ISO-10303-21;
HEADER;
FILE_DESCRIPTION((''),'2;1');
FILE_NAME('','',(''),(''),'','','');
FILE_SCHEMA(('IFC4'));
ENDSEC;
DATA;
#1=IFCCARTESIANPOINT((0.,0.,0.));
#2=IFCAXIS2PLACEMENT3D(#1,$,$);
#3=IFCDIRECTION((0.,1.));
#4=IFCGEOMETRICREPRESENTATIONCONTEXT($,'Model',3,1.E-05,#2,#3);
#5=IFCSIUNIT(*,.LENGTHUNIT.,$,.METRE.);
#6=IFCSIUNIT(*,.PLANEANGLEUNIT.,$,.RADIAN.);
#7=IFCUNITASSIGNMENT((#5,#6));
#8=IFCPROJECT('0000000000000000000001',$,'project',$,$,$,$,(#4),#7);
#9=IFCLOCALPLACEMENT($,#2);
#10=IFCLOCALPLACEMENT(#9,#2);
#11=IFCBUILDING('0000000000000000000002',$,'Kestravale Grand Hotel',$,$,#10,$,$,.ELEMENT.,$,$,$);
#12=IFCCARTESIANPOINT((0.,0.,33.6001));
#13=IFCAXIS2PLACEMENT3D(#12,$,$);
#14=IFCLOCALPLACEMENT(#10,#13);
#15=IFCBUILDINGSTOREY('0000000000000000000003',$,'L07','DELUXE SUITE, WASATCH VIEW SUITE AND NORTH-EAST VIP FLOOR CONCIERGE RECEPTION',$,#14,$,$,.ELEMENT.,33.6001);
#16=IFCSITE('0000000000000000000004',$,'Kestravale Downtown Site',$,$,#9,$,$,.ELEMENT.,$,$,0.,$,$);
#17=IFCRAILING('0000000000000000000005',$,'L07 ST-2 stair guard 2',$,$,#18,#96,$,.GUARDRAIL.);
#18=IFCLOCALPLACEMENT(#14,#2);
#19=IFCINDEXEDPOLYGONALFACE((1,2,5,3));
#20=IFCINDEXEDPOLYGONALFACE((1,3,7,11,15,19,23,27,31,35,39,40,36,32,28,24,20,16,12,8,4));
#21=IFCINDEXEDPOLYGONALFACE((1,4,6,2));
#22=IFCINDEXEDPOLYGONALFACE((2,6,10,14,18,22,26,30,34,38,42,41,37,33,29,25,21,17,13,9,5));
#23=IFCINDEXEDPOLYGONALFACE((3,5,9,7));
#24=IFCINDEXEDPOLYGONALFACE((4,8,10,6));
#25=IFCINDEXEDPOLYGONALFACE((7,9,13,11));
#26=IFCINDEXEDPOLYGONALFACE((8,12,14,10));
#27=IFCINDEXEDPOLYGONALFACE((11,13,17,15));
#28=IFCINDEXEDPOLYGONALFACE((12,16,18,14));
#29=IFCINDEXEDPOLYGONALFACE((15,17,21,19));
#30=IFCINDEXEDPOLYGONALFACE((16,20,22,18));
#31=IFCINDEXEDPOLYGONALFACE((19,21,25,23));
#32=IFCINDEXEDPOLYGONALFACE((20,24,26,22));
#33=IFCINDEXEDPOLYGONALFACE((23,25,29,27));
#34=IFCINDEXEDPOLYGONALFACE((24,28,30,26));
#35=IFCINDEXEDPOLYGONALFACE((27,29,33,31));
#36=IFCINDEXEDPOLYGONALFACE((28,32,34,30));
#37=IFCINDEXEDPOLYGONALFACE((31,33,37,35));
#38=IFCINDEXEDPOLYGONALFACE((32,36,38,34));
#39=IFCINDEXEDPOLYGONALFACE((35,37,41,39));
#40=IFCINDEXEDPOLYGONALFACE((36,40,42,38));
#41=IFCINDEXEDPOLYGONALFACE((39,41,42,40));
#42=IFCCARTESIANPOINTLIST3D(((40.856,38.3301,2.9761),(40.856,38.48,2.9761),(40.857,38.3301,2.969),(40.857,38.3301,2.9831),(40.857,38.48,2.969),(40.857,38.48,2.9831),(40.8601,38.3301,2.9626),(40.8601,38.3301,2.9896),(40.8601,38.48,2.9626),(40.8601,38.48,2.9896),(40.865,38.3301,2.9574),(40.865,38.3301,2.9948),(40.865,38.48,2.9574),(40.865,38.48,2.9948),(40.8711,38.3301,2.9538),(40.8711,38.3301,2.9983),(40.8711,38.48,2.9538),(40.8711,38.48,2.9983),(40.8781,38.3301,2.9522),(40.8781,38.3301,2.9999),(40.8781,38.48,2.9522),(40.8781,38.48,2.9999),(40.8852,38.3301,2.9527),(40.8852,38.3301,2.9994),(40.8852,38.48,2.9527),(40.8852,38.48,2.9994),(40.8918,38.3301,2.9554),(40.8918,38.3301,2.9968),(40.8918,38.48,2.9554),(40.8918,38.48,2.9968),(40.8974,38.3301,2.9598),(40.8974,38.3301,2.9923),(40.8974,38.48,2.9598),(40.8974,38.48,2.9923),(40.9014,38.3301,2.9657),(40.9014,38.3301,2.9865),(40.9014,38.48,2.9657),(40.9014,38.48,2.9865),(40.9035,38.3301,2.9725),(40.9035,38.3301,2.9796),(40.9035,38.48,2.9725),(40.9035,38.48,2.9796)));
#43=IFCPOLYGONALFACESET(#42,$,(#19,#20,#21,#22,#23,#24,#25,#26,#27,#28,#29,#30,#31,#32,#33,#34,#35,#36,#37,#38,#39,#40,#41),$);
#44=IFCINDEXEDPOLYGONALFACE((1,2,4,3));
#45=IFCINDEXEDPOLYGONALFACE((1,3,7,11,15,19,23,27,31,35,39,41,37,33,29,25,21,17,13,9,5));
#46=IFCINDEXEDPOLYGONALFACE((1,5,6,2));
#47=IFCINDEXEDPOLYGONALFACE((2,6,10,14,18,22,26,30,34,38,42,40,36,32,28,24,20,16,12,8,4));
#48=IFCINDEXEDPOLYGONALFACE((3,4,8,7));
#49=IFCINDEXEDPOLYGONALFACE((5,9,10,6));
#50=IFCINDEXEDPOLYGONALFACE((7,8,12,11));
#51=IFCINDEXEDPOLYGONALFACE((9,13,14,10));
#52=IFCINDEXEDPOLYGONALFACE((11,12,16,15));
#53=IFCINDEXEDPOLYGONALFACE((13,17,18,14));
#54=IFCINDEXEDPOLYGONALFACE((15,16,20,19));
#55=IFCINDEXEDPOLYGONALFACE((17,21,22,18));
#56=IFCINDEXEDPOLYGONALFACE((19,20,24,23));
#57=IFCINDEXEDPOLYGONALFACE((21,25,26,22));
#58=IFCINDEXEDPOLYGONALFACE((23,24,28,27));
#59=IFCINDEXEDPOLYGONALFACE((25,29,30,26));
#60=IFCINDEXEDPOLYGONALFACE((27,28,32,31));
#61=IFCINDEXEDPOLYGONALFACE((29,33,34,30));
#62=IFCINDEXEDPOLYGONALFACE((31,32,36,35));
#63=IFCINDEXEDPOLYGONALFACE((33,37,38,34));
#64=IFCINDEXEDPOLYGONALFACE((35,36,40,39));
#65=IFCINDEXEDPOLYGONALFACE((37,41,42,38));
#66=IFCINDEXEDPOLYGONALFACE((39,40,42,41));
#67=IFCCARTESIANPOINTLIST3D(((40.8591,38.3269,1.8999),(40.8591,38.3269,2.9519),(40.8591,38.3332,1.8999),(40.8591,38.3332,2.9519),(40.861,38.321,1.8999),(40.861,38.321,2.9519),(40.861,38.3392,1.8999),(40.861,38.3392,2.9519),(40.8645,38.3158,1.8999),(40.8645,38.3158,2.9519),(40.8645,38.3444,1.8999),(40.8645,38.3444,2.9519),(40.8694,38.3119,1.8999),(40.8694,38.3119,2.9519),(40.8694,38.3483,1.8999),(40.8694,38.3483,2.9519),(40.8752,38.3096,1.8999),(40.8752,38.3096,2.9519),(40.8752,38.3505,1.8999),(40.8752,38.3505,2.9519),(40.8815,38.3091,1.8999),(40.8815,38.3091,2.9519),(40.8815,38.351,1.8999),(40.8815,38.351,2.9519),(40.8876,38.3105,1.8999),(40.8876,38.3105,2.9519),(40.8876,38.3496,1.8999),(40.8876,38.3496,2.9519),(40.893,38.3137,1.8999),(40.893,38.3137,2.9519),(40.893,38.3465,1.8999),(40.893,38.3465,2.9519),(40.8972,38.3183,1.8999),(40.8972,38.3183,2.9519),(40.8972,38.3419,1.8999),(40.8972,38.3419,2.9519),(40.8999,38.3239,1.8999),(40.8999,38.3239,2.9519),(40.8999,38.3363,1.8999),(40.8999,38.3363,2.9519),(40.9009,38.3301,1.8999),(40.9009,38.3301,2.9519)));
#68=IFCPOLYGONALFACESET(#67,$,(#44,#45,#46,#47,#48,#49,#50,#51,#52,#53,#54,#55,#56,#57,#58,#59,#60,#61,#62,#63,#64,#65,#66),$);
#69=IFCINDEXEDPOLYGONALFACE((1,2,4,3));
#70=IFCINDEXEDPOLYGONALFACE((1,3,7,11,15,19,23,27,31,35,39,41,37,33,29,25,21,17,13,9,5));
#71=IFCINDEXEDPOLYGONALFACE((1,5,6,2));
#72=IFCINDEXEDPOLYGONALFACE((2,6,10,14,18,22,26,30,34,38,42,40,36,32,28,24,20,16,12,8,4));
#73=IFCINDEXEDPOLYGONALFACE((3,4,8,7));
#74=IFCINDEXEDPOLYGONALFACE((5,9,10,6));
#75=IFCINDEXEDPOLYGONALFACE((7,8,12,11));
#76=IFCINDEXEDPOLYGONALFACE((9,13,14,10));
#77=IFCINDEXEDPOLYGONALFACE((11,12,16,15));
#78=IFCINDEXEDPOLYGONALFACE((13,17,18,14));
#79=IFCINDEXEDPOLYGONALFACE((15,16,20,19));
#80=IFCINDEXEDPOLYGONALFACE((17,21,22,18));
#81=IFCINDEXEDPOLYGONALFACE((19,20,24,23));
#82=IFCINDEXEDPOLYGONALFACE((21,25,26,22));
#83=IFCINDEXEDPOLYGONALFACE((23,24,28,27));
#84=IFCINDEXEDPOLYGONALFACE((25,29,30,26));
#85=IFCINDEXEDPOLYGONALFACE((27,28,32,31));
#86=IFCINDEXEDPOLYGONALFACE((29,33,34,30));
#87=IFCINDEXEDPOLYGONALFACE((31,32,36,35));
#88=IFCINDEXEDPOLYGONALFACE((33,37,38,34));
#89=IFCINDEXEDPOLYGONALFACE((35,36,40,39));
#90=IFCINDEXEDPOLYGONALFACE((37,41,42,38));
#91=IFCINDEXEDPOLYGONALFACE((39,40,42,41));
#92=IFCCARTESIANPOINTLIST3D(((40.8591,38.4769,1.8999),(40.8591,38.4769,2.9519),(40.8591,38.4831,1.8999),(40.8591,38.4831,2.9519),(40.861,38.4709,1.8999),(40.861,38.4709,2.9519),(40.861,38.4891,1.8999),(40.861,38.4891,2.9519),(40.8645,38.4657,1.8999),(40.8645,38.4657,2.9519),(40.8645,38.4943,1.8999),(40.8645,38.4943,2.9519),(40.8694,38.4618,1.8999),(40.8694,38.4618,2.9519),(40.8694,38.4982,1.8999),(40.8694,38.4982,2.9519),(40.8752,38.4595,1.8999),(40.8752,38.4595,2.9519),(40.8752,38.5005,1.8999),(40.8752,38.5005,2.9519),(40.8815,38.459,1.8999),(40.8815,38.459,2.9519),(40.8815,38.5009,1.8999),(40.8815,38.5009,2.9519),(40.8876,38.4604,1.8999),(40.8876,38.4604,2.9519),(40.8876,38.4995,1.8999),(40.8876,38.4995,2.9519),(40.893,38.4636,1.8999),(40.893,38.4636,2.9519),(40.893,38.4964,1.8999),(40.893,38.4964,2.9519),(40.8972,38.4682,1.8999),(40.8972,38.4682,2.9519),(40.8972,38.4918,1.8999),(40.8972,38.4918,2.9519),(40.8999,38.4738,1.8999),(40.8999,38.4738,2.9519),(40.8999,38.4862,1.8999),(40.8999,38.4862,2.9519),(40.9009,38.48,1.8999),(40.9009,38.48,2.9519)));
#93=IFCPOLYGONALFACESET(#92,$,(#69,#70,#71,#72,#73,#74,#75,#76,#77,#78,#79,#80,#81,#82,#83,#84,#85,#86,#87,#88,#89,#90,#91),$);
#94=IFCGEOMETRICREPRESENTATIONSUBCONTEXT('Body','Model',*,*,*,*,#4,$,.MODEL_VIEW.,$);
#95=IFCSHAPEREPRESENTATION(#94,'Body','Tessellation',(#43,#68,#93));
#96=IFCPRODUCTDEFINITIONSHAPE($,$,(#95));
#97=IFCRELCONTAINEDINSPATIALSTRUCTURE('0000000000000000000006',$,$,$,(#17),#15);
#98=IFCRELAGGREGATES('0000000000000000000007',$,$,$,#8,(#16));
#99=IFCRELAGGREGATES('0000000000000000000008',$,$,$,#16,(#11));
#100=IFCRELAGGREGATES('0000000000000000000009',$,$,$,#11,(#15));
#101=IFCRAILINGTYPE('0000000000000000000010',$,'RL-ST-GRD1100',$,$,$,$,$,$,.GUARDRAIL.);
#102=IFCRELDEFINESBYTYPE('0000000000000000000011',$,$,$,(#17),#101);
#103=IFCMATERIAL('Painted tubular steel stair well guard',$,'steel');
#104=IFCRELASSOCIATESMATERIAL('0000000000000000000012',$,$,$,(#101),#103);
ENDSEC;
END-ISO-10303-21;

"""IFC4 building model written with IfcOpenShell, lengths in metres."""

from ifc_helpers import new_model, si_unit, direction, frame, origin, origin_2d, place, context, subcontext, project, spatial, circle, extrude, material, type_object, element, save


model = new_model("IFC4")

# Units and contexts
model_context = context("Model", 3, precision=1e-05, world=origin(), true_north=direction((0.0, 1.0)))
body_context = subcontext(model_context, "Body", "Model", "MODEL_VIEW")
ifc_project = project(units=[si_unit("LENGTHUNIT", "METRE"), si_unit("PLANEANGLEUNIT", "RADIAN")], contexts=[model_context])

# Site, building, storey
site_placement = place(None, origin())
site = spatial("IfcSite", under=ifc_project, at=site_placement, Name="Kestravale Downtown Site", CompositionType="ELEMENT", RefElevation=0.0)
building_placement = place(site_placement, origin())
building = spatial("IfcBuilding", under=site, at=building_placement, Name="Kestravale Grand Hotel", CompositionType="ELEMENT")
storey_placement = place(building_placement, frame((0.0, 0.0, 33.6001)))
storey = spatial("IfcBuildingStorey", under=building, at=storey_placement, Name="L07", Description="DELUXE SUITE, WASATCH VIEW SUITE AND NORTH-EAST VIP FLOOR CONCIERGE RECEPTION", CompositionType="ELEMENT", Elevation=33.6001)

# Railing
ifc_material_1 = material(Name="Painted tubular steel stair well guard", Category="steel")
railing_type_1 = type_object("IfcRailingType", Name="RL-ST-GRD1100", PredefinedType="GUARDRAIL", material=ifc_material_1)
railing_1_placement = place(storey_placement, frame((40.8799, 38.3301, 1.8999)))
element("IfcRailing", 1, at=railing_1_placement, inside=storey, type_object=railing_type_1, Name="L07 ST-2 stair guard 2", PredefinedType="GUARDRAIL", context=body_context, shape_type="SweptSolid", body=[
    extrude(circle(Radius=0.0239, at=origin_2d()), frame((0.0, 0.0, 1.0762), z_axis=(0.0, 1.0, 0.0), x_axis=(-1.0, 0.0, 0.0)), (0.0, 0.0, 1.0), 0.1499),
    extrude(circle(Radius=0.021, at=origin_2d()), origin(), (0.0, 0.0, 1.0), 1.052),
    extrude(circle(Radius=0.021, at=origin_2d()), frame((0.0, 0.1499, 0.0)), (0.0, 0.0, 1.0), 1.052),
])

save(model, "model.ifc")
